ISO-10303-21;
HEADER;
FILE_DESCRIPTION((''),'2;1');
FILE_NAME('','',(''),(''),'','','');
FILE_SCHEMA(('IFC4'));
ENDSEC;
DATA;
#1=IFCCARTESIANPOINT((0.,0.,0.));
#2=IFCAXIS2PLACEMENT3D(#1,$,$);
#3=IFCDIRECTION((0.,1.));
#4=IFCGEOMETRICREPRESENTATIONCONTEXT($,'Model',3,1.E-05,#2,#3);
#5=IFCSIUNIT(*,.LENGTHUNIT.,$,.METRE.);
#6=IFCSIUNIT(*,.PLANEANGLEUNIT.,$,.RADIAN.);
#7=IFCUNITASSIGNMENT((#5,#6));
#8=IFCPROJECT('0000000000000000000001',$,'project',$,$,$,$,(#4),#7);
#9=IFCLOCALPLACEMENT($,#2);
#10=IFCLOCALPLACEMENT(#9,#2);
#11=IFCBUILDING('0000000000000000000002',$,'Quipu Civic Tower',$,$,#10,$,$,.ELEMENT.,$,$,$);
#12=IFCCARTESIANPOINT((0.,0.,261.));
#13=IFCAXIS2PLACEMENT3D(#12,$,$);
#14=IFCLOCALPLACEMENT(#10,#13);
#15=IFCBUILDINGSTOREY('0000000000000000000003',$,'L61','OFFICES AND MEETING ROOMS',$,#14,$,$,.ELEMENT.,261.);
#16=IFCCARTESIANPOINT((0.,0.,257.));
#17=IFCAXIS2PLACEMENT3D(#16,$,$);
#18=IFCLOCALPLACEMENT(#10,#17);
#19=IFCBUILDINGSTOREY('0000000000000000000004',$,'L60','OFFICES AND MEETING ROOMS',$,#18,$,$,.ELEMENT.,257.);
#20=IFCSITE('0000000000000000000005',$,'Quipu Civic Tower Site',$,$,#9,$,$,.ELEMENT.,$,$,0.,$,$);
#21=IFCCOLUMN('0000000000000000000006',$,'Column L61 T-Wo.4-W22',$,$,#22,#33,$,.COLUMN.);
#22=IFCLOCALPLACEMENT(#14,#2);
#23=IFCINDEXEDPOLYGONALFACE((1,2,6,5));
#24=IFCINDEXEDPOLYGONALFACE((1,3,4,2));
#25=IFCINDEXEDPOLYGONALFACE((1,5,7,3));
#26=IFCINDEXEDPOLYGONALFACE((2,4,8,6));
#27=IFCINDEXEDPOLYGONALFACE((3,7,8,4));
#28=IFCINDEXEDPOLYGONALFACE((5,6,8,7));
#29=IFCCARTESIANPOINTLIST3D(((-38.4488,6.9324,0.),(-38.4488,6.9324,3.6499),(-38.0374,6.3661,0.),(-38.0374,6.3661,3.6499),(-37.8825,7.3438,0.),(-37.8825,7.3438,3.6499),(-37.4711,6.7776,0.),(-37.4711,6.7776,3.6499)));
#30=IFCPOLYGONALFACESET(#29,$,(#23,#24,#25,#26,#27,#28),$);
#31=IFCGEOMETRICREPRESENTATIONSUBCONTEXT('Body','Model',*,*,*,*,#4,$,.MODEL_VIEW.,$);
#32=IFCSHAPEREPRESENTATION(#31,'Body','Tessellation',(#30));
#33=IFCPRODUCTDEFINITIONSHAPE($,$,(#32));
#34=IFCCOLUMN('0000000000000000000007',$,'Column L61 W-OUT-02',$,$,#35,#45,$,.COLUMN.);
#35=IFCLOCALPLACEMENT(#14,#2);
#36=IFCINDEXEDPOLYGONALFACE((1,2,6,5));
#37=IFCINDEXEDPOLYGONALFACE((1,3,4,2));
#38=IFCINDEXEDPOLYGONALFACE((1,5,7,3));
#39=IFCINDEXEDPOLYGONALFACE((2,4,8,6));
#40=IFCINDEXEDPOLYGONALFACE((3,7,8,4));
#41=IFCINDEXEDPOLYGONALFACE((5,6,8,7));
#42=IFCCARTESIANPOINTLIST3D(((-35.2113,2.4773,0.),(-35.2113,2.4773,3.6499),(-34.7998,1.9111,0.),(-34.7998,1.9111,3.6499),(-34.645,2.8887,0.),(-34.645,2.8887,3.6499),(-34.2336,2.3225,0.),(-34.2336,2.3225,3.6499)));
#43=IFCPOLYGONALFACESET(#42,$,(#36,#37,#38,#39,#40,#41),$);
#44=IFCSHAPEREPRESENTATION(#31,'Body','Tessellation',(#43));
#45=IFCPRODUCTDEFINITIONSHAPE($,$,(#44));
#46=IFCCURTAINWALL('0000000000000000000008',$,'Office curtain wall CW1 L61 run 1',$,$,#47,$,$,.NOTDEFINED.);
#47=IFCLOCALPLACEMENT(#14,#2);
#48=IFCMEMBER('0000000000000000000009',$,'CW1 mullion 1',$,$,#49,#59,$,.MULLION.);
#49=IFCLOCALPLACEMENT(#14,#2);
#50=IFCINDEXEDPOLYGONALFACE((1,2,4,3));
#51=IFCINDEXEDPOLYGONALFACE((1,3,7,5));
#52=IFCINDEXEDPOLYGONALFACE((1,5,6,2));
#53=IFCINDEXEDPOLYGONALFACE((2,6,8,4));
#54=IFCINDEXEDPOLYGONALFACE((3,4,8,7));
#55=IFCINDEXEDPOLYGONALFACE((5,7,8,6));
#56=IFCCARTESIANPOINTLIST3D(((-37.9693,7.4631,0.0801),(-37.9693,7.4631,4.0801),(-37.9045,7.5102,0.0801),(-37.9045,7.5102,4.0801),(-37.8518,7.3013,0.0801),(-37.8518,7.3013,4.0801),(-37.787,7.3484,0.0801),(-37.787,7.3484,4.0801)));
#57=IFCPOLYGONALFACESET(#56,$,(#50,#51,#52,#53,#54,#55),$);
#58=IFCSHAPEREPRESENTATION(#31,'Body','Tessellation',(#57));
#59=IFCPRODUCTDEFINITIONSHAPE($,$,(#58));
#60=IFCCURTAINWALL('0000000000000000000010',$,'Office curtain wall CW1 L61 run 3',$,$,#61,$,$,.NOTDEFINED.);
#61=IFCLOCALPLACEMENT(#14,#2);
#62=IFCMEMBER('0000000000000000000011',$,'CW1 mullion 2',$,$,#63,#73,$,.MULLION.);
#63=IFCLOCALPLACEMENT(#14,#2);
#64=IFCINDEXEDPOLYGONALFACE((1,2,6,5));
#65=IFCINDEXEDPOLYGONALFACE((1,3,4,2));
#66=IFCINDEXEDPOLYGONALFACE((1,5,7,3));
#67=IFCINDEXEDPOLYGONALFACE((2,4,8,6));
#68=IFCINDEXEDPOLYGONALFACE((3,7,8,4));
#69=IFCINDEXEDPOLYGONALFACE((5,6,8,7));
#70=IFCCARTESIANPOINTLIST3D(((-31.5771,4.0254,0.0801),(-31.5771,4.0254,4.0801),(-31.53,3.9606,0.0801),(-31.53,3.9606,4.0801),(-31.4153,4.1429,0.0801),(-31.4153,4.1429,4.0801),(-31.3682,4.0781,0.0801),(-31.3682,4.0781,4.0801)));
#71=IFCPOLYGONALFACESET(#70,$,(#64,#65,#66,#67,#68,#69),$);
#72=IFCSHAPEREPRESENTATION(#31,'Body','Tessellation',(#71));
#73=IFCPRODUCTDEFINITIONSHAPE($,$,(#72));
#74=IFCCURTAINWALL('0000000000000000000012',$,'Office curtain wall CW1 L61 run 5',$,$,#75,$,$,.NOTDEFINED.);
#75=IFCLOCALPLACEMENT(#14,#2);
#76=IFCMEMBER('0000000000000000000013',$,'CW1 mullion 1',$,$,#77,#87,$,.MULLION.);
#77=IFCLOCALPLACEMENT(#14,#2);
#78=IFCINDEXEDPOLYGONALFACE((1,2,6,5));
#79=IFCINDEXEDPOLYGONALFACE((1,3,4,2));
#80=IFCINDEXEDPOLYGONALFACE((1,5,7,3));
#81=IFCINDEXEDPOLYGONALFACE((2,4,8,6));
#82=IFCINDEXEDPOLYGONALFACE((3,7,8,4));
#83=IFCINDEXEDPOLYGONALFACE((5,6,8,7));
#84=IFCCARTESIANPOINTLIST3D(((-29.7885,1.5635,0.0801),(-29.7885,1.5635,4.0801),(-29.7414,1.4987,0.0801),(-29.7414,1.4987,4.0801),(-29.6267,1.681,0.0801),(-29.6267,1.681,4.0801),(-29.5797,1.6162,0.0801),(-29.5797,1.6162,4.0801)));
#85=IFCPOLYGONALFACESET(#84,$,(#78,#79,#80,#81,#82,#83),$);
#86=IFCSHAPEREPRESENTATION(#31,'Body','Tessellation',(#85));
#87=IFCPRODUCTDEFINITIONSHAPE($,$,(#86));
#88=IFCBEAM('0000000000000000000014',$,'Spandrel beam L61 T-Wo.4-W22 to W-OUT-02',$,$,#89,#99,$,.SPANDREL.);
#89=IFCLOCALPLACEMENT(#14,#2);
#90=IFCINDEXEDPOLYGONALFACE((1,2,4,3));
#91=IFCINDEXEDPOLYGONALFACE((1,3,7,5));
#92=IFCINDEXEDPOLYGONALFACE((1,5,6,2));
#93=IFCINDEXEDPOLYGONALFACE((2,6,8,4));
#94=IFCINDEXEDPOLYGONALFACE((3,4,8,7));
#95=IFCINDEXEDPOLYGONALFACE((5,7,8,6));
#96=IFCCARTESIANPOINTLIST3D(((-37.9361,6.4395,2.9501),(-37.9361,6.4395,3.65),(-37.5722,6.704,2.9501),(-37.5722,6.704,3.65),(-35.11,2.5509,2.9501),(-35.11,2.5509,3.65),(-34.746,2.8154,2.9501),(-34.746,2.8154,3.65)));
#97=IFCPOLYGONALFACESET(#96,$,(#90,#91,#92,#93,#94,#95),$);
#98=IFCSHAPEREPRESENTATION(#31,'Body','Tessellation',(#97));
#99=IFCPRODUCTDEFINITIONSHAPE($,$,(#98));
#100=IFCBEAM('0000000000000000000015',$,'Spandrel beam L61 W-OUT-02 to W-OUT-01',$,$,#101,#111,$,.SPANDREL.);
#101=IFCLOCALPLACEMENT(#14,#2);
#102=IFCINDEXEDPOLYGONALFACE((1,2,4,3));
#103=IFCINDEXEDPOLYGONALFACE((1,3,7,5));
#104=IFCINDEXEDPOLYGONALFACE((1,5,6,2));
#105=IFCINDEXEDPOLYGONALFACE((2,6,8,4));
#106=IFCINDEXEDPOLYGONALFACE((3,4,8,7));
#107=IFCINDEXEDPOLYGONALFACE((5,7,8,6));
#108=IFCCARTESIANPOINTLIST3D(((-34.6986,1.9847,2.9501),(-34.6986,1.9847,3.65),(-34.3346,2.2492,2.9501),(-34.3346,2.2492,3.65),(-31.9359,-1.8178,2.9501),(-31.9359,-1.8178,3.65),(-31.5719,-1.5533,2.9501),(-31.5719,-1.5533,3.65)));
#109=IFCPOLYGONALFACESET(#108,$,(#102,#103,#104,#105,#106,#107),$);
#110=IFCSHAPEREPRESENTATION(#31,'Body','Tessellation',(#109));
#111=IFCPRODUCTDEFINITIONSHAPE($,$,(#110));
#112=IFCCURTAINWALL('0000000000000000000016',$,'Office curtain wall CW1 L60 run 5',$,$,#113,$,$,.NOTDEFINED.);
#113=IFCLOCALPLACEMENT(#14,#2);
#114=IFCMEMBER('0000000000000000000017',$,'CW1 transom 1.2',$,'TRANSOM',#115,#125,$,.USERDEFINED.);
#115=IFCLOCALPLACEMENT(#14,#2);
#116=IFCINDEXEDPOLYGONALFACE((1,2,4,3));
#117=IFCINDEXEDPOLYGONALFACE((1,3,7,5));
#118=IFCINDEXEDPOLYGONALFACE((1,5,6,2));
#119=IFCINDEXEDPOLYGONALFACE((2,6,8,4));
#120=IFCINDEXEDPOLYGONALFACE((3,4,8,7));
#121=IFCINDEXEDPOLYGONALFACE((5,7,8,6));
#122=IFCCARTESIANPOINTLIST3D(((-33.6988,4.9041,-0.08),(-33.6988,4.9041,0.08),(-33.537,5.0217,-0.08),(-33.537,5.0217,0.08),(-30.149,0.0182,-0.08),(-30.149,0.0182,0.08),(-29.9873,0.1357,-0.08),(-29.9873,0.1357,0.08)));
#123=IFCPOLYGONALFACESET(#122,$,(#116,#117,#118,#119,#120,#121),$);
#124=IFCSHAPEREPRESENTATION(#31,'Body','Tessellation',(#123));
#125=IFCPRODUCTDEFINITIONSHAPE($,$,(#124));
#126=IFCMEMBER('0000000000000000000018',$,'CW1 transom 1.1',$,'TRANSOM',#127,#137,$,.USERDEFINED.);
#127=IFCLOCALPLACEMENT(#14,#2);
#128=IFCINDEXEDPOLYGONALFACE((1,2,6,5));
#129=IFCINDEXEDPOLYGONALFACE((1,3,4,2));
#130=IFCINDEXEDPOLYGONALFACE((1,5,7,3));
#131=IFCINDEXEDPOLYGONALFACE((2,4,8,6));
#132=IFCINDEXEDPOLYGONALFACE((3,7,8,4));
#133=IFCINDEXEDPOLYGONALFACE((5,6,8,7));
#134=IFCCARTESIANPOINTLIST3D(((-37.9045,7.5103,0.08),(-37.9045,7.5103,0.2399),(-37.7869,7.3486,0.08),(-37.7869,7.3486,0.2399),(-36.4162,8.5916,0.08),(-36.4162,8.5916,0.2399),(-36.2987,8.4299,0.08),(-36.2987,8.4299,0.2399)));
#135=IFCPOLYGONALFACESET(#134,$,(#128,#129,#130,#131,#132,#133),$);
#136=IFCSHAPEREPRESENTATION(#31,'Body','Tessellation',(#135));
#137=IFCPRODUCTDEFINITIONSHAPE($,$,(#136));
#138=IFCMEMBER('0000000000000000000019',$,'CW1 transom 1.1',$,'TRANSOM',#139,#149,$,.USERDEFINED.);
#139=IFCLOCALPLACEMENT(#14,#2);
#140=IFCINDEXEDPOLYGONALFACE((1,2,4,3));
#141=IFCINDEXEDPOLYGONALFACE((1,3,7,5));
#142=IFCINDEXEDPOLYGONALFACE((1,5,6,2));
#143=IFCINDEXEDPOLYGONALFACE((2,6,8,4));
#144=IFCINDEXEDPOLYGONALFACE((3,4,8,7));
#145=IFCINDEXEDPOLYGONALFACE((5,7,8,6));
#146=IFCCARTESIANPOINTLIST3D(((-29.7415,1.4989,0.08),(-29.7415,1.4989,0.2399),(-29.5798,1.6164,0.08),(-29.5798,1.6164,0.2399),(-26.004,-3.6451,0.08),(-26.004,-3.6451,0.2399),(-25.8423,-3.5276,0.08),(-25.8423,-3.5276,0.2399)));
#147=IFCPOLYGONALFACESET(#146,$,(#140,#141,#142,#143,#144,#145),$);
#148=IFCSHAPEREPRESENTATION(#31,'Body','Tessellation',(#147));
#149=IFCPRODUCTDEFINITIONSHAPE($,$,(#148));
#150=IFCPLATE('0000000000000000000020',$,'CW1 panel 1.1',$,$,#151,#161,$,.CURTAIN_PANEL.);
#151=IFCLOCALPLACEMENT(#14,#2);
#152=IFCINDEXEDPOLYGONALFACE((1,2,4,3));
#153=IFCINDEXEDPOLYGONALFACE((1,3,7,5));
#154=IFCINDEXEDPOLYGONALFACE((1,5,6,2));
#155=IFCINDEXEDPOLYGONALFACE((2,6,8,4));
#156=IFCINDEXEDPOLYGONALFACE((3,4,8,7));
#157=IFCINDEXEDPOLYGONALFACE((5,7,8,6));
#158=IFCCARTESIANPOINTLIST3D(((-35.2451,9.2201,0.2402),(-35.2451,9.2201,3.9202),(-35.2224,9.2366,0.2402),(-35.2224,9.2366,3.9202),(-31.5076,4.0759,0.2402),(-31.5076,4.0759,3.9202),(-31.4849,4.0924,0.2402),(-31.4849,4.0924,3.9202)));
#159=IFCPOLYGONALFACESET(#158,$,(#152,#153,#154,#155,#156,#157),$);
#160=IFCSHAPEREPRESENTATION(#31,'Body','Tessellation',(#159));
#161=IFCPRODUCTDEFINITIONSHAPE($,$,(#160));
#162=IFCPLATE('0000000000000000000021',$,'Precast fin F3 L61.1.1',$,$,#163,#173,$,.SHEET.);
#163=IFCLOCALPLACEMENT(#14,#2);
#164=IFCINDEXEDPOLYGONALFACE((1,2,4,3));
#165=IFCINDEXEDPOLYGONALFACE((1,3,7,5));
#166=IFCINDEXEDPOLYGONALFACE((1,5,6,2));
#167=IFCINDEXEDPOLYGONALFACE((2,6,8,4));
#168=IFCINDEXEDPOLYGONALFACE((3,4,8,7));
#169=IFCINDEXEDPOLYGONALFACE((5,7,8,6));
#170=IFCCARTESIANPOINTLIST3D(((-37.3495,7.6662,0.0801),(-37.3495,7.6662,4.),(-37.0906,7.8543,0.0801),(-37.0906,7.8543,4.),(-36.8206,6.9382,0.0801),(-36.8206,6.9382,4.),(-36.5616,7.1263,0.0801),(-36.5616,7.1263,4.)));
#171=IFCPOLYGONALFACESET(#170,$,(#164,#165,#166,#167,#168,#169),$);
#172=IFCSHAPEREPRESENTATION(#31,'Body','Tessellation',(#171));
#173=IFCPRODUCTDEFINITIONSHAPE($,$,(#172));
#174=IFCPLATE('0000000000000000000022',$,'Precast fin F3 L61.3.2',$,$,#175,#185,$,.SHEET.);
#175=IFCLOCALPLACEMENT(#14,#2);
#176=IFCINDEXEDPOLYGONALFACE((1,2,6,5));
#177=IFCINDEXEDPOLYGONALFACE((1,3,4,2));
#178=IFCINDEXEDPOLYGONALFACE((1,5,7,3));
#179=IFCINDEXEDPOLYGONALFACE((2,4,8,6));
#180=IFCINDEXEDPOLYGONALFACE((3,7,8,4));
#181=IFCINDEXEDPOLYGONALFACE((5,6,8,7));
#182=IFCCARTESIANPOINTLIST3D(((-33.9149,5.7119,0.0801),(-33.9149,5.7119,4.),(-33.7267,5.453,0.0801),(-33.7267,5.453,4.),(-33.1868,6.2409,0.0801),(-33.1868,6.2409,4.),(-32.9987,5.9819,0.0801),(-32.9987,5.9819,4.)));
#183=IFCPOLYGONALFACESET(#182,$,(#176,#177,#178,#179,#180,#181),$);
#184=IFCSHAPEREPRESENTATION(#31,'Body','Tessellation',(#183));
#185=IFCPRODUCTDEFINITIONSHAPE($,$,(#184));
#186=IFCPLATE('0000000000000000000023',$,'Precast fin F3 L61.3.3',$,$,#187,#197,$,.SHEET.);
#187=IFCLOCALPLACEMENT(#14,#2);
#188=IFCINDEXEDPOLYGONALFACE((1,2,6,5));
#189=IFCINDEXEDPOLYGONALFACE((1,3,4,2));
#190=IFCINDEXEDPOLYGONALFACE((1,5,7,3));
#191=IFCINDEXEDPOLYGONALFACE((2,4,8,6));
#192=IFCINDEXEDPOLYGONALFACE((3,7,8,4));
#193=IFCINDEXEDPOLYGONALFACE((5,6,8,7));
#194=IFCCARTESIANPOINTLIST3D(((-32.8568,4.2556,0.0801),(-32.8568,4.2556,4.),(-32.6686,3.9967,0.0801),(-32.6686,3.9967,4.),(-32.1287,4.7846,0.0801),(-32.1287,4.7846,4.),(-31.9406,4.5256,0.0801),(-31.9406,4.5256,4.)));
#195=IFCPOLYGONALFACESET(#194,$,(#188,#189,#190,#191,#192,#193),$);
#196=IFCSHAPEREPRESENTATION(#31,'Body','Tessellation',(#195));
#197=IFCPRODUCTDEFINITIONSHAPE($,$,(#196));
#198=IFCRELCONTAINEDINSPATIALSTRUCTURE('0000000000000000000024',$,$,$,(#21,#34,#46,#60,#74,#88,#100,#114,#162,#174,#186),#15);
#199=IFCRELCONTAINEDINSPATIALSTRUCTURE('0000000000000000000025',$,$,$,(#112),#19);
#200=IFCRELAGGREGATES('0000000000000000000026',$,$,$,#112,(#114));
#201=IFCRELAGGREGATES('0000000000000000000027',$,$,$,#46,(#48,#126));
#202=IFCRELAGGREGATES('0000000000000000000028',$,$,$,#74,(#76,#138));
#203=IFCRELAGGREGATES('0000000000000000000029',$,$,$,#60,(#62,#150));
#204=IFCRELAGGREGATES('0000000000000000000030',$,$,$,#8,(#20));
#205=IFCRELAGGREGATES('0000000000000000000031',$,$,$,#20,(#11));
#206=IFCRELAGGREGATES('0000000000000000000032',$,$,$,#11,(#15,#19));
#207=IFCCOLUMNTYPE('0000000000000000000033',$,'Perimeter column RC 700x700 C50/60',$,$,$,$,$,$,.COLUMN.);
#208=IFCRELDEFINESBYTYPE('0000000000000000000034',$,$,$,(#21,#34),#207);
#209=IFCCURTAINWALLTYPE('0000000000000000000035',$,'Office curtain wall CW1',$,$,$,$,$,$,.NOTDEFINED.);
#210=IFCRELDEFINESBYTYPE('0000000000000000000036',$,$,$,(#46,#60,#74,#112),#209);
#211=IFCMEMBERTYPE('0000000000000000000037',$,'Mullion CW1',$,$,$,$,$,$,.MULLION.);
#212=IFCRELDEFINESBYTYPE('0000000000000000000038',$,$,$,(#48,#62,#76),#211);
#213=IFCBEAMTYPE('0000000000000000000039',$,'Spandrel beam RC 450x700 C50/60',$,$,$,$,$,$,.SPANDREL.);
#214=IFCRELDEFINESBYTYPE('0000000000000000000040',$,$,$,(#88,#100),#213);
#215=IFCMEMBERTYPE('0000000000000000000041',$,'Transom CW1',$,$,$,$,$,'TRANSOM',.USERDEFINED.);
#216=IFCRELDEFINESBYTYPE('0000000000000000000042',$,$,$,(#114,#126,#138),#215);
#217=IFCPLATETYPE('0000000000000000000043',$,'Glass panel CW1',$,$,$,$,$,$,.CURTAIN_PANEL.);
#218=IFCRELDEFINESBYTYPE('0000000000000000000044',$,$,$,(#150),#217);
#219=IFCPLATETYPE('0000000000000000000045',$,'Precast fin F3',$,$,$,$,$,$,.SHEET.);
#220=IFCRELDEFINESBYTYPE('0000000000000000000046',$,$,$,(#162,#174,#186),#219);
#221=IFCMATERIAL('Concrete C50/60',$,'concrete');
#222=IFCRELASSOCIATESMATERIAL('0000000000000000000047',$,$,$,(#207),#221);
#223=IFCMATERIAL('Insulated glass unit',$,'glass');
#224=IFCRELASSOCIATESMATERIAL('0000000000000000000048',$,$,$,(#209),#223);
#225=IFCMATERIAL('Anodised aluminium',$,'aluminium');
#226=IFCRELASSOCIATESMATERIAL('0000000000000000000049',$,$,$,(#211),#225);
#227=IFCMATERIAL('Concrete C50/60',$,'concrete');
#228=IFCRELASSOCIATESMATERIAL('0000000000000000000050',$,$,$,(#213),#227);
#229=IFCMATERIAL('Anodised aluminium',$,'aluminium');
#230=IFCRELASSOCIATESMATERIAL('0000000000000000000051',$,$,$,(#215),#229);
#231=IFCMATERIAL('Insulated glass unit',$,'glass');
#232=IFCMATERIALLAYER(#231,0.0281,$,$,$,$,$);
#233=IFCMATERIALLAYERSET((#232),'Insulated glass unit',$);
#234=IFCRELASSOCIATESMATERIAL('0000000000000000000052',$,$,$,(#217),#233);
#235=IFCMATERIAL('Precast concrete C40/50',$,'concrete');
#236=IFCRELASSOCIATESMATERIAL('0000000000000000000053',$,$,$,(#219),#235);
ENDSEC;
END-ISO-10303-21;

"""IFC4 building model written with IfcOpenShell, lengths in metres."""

from ifc_helpers import new_model, si_unit, direction, frame, origin, origin_2d, place, context, subcontext, project, spatial, rectangle, extrude, material, layer, layer_set, material_profile, profile_set, type_object, element, aggregate, save


model = new_model("IFC4")

# Units and contexts
model_context = context("Model", 3, precision=1e-05, world=origin(), true_north=direction((0.0, 1.0)))
body_context = subcontext(model_context, "Body", "Model", "MODEL_VIEW")
ifc_project = project(units=[si_unit("LENGTHUNIT", "METRE"), si_unit("PLANEANGLEUNIT", "RADIAN")], contexts=[model_context])

# Site, building, storey
site_placement = place(None, origin())
site = spatial("IfcSite", under=ifc_project, at=site_placement, Name="Quipu Civic Tower Site", CompositionType="ELEMENT", RefElevation=0.0)
building_placement = place(site_placement, origin())
building = spatial("IfcBuilding", under=site, at=building_placement, Name="Quipu Civic Tower", CompositionType="ELEMENT")
storey_1_placement = place(building_placement, frame((0.0, 0.0, 261.0)))
storey_1 = spatial("IfcBuildingStorey", under=building, at=storey_1_placement, Name="L61", Description="OFFICES AND MEETING ROOMS", CompositionType="ELEMENT", Elevation=261.0)

# Columns
ifc_material_1 = material(Name="Concrete C50/60", Category="concrete")
ifc_material_profile_1 = material_profile(ifc_material_1, rectangle(XDim=0.7, YDim=0.7, at=origin_2d()), Name="RC700x700")
ifc_profile_set_1 = profile_set([ifc_material_profile_1], Name="Concrete C50/60")
column_type = type_object("IfcColumnType", Name="Perimeter column RC 700x700 C50/60", PredefinedType="COLUMN", material=ifc_profile_set_1)
for number, where, z_axis, x_axis, name in (
    (1, (-37.96, 6.855, 0.0), (0.0, 0.0, 1.0), (0.587785, -0.809017, 0.0), "Column L61 T-Wo.4-W22"),
    (2, (-34.7224, 2.3999, 0.0), (0.0, 0.0, 1.0), (0.587785, -0.809017, 0.0), "Column L61 W-OUT-02"),
):
    element("IfcColumn", number, at=place(storey_1_placement, frame(where, z_axis=z_axis, x_axis=x_axis)), inside=storey_1, type_object=column_type, Name=name, PredefinedType="COLUMN", context=body_context, shape_type="SweptSolid", body=[
        extrude(rectangle(XDim=0.7, YDim=0.7, at=origin_2d()), origin(), (0.0, 0.0, 1.0), 3.6499),
    ])

# Curtain walls, members
ifc_material_2 = material(Name="Insulated glass unit", Category="glass")
curtain_wall_type = type_object("IfcCurtainWallType", Name="Office curtain wall CW1", PredefinedType="NOTDEFINED", material=ifc_material_2)
curtain_wall_1_placement = place(storey_1_placement, origin())
curtain_wall_1 = element("IfcCurtainWall", 3, at=curtain_wall_1_placement, inside=storey_1, type_object=curtain_wall_type, Name="Office curtain wall CW1 L61 run 1", PredefinedType="NOTDEFINED")
ifc_material_3 = material(Name="Anodised aluminium", Category="aluminium")
ifc_material_profile_2 = material_profile(ifc_material_3, rectangle(XDim=0.2, YDim=0.0801, at=origin_2d()), Name="RECT 200x80")
ifc_profile_set_2 = profile_set([ifc_material_profile_2], Name="Anodised aluminium")
member_type_1 = type_object("IfcMemberType", Name="Mullion CW1", PredefinedType="MULLION", material=ifc_profile_set_2)
member_1_placement = place(storey_1_placement, frame((-37.8782, 7.4058, 0.0801), z_axis=(0.0, 0.0, 1.0), x_axis=(-0.587785, 0.809017, 0.0)))
member_1 = element("IfcMember", 4, at=member_1_placement, type_object=member_type_1, Name="CW1 mullion 1", PredefinedType="MULLION", context=body_context, shape_type="SweptSolid", body=[
    extrude(rectangle(XDim=0.2, YDim=0.0801, at=origin_2d()), origin(), (0.0, 0.0, 1.0), 4.0),
])
curtain_wall_2_placement = place(storey_1_placement, origin())
curtain_wall_2 = element("IfcCurtainWall", 5, at=curtain_wall_2_placement, inside=storey_1, type_object=curtain_wall_type, Name="Office curtain wall CW1 L61 run 3", PredefinedType="NOTDEFINED")
member_2_placement = place(storey_1_placement, frame((-31.4727, 4.0518, 0.0801), z_axis=(0.0, 0.0, 1.0), x_axis=(0.809017, 0.587786, 0.0)))
member_2 = element("IfcMember", 6, at=member_2_placement, type_object=member_type_1, Name="CW1 mullion 2", PredefinedType="MULLION", context=body_context, shape_type="SweptSolid", body=[
    extrude(rectangle(XDim=0.2, YDim=0.0801, at=origin_2d()), origin(), (0.0, 0.0, 1.0), 4.0),
])
curtain_wall_3_placement = place(storey_1_placement, origin())
curtain_wall_3 = element("IfcCurtainWall", 7, at=curtain_wall_3_placement, inside=storey_1, type_object=curtain_wall_type, Name="Office curtain wall CW1 L61 run 5", PredefinedType="NOTDEFINED")
member_3_placement = place(storey_1_placement, frame((-29.6841, 1.5898, 0.0801), z_axis=(0.0, 0.0, 1.0), x_axis=(0.809011, 0.587793, 0.0)))
member_3 = element("IfcMember", 8, at=member_3_placement, type_object=member_type_1, Name="CW1 mullion 1", PredefinedType="MULLION", context=body_context, shape_type="SweptSolid", body=[
    extrude(rectangle(XDim=0.2, YDim=0.0801, at=origin_2d()), origin(), (0.0, 0.0, 1.0), 4.0),
])

# Beams
ifc_material_4 = material(Name="Concrete C50/60", Category="concrete")
ifc_material_profile_3 = material_profile(ifc_material_4, rectangle(XDim=0.45, YDim=0.7, at=origin_2d()), Name="RC450x700")
ifc_profile_set_3 = profile_set([ifc_material_profile_3], Name="Concrete C50/60")
beam_type = type_object("IfcBeamType", Name="Spandrel beam RC 450x700 C50/60", PredefinedType="SPANDREL", material=ifc_profile_set_3)
beam_1_placement = place(storey_1_placement, frame((-37.7542, 6.5718, 3.3), z_axis=(0.587906, -0.808929, 0.0), x_axis=(0.808929, 0.587906, 0.0)))
element("IfcBeam", 9, at=beam_1_placement, inside=storey_1, type_object=beam_type, Name="Spandrel beam L61 T-Wo.4-W22 to W-OUT-02", PredefinedType="SPANDREL", context=body_context, shape_type="SweptSolid", body=[
    extrude(rectangle(XDim=0.45, YDim=0.7, at=origin_2d()), origin(), (0.0, 0.0, 1.0), 4.8071),
])
beam_2_placement = place(storey_1_placement, frame((-34.5166, 2.1169, 3.3), z_axis=(0.587789, -0.809015, 0.0), x_axis=(0.809015, 0.587789, 0.0)))
element("IfcBeam", 10, at=beam_2_placement, inside=storey_1, type_object=beam_type, Name="Spandrel beam L61 W-OUT-02 to W-OUT-01", PredefinedType="SPANDREL", context=body_context, shape_type="SweptSolid", body=[
    extrude(rectangle(XDim=0.45, YDim=0.7, at=origin_2d()), origin(), (0.0, 0.0, 1.0), 4.7002),
])

# Shared definitions
storey_2_placement = place(building_placement, frame((0.0, 0.0, 257.0)))
storey_2 = spatial("IfcBuildingStorey", under=building, at=storey_2_placement, Name="L60", Description="OFFICES AND MEETING ROOMS", CompositionType="ELEMENT", Elevation=257.0)

# Curtain wall, member
curtain_wall_4_placement = place(storey_2_placement, origin())
curtain_wall_4 = element("IfcCurtainWall", 11, at=curtain_wall_4_placement, inside=storey_2, type_object=curtain_wall_type, Name="Office curtain wall CW1 L60 run 5", PredefinedType="NOTDEFINED")
ifc_material_5 = material(Name="Anodised aluminium", Category="aluminium")
ifc_material_profile_4 = material_profile(ifc_material_5, rectangle(XDim=0.2, YDim=0.1599, at=origin_2d()), Name="RECT 200x160")
ifc_profile_set_4 = profile_set([ifc_material_profile_4], Name="Anodised aluminium")
member_type_2 = type_object("IfcMemberType", Name="Transom CW1", ElementType="TRANSOM", PredefinedType="USERDEFINED", material=ifc_profile_set_4)
member_4_placement = place(storey_1_placement, frame((-33.6179, 4.9629, 0.0), z_axis=(0.587777, -0.809023, 0.0), x_axis=(0.809023, 0.587777, 0.0)))
member_4 = element("IfcMember", 12, at=member_4_placement, inside=storey_1, type_object=member_type_2, Name="CW1 transom 1.2", ObjectType="TRANSOM", PredefinedType="USERDEFINED", context=body_context, shape_type="SweptSolid", body=[
    extrude(rectangle(XDim=0.2, YDim=0.1599, at=origin_2d()), origin(), (0.0, 0.0, 1.0), 6.0393),
])
aggregate(curtain_wall_4, [member_4])

# Members
member_5_placement = place(storey_1_placement, frame((-37.8457, 7.4294, 0.1599), z_axis=(0.809017, 0.587785, 0.0), x_axis=(-0.587785, 0.809017, 0.0)))
member_5 = element("IfcMember", 13, at=member_5_placement, type_object=member_type_2, Name="CW1 transom 1.1", ObjectType="TRANSOM", PredefinedType="USERDEFINED", context=body_context, shape_type="SweptSolid", body=[
    extrude(rectangle(XDim=0.2, YDim=0.1599, at=origin_2d()), origin(), (0.0, 0.0, 1.0), 1.8396),
])
aggregate(curtain_wall_1, [member_1, member_5])
member_6_placement = place(storey_1_placement, frame((-29.6606, 1.5576, 0.1599), z_axis=(0.587804, -0.809003, 0.0), x_axis=(0.809003, 0.587804, 0.0)))
member_6 = element("IfcMember", 14, at=member_6_placement, type_object=member_type_2, Name="CW1 transom 1.1", ObjectType="TRANSOM", PredefinedType="USERDEFINED", context=body_context, shape_type="SweptSolid", body=[
    extrude(rectangle(XDim=0.2, YDim=0.1599, at=origin_2d()), origin(), (0.0, 0.0, 1.0), 6.3584),
])
aggregate(curtain_wall_3, [member_3, member_6])

# Plate
ifc_material_6 = material(Name="Insulated glass unit", Category="glass")
ifc_layer_1 = layer(ifc_material_6, 0.0281)
ifc_layer_set_1 = layer_set([ifc_layer_1], Name="Insulated glass unit")
plate_type_1 = type_object("IfcPlateType", Name="Glass panel CW1", PredefinedType="CURTAIN_PANEL", material=ifc_layer_set_1)
plate_placement = place(storey_1_placement, frame((-33.365, 6.6562, 0.2402), z_axis=(0.0, 0.0, 1.0), x_axis=(0.587786, -0.809017, 0.0)))
plate = element("IfcPlate", 15, at=plate_placement, type_object=plate_type_1, Name="CW1 panel 1.1", PredefinedType="CURTAIN_PANEL", context=body_context, shape_type="SweptSolid", body=[
    extrude(rectangle(XDim=6.3586, YDim=0.0281, at=origin_2d()), origin(), (0.0, 0.0, 1.0), 3.6799),
])
aggregate(curtain_wall_2, [member_2, plate])

# Plates
ifc_material_7 = material(Name="Precast concrete C40/50", Category="concrete")
plate_type_2 = type_object("IfcPlateType", Name="Precast fin F3", PredefinedType="SHEET", material=ifc_material_7)
for number, where, z_axis, x_axis, name in (
    (16, (-36.9556, 7.3962, 0.0801), (0.0, 0.0, 1.0), (0.809011, 0.587794, 0.0), "Precast fin F3 L61.1.1"),
    (17, (-33.4568, 5.8469, 0.0801), (0.0, 0.0, 1.0), (0.587791, -0.809013, 0.0), "Precast fin F3 L61.3.2"),
    (18, (-32.3987, 4.3906, 0.0801), (0.0, 0.0, 1.0), (0.587791, -0.809013, 0.0), "Precast fin F3 L61.3.3"),
):
    element("IfcPlate", number, at=place(storey_1_placement, frame(where, z_axis=z_axis, x_axis=x_axis)), inside=storey_1, type_object=plate_type_2, Name=name, PredefinedType="SHEET", context=body_context, shape_type="SweptSolid", body=[
        extrude(rectangle(XDim=0.3201, YDim=0.8999, at=origin_2d()), origin(), (0.0, 0.0, 1.0), 3.9199),
    ])

save(model, "model.ifc")
